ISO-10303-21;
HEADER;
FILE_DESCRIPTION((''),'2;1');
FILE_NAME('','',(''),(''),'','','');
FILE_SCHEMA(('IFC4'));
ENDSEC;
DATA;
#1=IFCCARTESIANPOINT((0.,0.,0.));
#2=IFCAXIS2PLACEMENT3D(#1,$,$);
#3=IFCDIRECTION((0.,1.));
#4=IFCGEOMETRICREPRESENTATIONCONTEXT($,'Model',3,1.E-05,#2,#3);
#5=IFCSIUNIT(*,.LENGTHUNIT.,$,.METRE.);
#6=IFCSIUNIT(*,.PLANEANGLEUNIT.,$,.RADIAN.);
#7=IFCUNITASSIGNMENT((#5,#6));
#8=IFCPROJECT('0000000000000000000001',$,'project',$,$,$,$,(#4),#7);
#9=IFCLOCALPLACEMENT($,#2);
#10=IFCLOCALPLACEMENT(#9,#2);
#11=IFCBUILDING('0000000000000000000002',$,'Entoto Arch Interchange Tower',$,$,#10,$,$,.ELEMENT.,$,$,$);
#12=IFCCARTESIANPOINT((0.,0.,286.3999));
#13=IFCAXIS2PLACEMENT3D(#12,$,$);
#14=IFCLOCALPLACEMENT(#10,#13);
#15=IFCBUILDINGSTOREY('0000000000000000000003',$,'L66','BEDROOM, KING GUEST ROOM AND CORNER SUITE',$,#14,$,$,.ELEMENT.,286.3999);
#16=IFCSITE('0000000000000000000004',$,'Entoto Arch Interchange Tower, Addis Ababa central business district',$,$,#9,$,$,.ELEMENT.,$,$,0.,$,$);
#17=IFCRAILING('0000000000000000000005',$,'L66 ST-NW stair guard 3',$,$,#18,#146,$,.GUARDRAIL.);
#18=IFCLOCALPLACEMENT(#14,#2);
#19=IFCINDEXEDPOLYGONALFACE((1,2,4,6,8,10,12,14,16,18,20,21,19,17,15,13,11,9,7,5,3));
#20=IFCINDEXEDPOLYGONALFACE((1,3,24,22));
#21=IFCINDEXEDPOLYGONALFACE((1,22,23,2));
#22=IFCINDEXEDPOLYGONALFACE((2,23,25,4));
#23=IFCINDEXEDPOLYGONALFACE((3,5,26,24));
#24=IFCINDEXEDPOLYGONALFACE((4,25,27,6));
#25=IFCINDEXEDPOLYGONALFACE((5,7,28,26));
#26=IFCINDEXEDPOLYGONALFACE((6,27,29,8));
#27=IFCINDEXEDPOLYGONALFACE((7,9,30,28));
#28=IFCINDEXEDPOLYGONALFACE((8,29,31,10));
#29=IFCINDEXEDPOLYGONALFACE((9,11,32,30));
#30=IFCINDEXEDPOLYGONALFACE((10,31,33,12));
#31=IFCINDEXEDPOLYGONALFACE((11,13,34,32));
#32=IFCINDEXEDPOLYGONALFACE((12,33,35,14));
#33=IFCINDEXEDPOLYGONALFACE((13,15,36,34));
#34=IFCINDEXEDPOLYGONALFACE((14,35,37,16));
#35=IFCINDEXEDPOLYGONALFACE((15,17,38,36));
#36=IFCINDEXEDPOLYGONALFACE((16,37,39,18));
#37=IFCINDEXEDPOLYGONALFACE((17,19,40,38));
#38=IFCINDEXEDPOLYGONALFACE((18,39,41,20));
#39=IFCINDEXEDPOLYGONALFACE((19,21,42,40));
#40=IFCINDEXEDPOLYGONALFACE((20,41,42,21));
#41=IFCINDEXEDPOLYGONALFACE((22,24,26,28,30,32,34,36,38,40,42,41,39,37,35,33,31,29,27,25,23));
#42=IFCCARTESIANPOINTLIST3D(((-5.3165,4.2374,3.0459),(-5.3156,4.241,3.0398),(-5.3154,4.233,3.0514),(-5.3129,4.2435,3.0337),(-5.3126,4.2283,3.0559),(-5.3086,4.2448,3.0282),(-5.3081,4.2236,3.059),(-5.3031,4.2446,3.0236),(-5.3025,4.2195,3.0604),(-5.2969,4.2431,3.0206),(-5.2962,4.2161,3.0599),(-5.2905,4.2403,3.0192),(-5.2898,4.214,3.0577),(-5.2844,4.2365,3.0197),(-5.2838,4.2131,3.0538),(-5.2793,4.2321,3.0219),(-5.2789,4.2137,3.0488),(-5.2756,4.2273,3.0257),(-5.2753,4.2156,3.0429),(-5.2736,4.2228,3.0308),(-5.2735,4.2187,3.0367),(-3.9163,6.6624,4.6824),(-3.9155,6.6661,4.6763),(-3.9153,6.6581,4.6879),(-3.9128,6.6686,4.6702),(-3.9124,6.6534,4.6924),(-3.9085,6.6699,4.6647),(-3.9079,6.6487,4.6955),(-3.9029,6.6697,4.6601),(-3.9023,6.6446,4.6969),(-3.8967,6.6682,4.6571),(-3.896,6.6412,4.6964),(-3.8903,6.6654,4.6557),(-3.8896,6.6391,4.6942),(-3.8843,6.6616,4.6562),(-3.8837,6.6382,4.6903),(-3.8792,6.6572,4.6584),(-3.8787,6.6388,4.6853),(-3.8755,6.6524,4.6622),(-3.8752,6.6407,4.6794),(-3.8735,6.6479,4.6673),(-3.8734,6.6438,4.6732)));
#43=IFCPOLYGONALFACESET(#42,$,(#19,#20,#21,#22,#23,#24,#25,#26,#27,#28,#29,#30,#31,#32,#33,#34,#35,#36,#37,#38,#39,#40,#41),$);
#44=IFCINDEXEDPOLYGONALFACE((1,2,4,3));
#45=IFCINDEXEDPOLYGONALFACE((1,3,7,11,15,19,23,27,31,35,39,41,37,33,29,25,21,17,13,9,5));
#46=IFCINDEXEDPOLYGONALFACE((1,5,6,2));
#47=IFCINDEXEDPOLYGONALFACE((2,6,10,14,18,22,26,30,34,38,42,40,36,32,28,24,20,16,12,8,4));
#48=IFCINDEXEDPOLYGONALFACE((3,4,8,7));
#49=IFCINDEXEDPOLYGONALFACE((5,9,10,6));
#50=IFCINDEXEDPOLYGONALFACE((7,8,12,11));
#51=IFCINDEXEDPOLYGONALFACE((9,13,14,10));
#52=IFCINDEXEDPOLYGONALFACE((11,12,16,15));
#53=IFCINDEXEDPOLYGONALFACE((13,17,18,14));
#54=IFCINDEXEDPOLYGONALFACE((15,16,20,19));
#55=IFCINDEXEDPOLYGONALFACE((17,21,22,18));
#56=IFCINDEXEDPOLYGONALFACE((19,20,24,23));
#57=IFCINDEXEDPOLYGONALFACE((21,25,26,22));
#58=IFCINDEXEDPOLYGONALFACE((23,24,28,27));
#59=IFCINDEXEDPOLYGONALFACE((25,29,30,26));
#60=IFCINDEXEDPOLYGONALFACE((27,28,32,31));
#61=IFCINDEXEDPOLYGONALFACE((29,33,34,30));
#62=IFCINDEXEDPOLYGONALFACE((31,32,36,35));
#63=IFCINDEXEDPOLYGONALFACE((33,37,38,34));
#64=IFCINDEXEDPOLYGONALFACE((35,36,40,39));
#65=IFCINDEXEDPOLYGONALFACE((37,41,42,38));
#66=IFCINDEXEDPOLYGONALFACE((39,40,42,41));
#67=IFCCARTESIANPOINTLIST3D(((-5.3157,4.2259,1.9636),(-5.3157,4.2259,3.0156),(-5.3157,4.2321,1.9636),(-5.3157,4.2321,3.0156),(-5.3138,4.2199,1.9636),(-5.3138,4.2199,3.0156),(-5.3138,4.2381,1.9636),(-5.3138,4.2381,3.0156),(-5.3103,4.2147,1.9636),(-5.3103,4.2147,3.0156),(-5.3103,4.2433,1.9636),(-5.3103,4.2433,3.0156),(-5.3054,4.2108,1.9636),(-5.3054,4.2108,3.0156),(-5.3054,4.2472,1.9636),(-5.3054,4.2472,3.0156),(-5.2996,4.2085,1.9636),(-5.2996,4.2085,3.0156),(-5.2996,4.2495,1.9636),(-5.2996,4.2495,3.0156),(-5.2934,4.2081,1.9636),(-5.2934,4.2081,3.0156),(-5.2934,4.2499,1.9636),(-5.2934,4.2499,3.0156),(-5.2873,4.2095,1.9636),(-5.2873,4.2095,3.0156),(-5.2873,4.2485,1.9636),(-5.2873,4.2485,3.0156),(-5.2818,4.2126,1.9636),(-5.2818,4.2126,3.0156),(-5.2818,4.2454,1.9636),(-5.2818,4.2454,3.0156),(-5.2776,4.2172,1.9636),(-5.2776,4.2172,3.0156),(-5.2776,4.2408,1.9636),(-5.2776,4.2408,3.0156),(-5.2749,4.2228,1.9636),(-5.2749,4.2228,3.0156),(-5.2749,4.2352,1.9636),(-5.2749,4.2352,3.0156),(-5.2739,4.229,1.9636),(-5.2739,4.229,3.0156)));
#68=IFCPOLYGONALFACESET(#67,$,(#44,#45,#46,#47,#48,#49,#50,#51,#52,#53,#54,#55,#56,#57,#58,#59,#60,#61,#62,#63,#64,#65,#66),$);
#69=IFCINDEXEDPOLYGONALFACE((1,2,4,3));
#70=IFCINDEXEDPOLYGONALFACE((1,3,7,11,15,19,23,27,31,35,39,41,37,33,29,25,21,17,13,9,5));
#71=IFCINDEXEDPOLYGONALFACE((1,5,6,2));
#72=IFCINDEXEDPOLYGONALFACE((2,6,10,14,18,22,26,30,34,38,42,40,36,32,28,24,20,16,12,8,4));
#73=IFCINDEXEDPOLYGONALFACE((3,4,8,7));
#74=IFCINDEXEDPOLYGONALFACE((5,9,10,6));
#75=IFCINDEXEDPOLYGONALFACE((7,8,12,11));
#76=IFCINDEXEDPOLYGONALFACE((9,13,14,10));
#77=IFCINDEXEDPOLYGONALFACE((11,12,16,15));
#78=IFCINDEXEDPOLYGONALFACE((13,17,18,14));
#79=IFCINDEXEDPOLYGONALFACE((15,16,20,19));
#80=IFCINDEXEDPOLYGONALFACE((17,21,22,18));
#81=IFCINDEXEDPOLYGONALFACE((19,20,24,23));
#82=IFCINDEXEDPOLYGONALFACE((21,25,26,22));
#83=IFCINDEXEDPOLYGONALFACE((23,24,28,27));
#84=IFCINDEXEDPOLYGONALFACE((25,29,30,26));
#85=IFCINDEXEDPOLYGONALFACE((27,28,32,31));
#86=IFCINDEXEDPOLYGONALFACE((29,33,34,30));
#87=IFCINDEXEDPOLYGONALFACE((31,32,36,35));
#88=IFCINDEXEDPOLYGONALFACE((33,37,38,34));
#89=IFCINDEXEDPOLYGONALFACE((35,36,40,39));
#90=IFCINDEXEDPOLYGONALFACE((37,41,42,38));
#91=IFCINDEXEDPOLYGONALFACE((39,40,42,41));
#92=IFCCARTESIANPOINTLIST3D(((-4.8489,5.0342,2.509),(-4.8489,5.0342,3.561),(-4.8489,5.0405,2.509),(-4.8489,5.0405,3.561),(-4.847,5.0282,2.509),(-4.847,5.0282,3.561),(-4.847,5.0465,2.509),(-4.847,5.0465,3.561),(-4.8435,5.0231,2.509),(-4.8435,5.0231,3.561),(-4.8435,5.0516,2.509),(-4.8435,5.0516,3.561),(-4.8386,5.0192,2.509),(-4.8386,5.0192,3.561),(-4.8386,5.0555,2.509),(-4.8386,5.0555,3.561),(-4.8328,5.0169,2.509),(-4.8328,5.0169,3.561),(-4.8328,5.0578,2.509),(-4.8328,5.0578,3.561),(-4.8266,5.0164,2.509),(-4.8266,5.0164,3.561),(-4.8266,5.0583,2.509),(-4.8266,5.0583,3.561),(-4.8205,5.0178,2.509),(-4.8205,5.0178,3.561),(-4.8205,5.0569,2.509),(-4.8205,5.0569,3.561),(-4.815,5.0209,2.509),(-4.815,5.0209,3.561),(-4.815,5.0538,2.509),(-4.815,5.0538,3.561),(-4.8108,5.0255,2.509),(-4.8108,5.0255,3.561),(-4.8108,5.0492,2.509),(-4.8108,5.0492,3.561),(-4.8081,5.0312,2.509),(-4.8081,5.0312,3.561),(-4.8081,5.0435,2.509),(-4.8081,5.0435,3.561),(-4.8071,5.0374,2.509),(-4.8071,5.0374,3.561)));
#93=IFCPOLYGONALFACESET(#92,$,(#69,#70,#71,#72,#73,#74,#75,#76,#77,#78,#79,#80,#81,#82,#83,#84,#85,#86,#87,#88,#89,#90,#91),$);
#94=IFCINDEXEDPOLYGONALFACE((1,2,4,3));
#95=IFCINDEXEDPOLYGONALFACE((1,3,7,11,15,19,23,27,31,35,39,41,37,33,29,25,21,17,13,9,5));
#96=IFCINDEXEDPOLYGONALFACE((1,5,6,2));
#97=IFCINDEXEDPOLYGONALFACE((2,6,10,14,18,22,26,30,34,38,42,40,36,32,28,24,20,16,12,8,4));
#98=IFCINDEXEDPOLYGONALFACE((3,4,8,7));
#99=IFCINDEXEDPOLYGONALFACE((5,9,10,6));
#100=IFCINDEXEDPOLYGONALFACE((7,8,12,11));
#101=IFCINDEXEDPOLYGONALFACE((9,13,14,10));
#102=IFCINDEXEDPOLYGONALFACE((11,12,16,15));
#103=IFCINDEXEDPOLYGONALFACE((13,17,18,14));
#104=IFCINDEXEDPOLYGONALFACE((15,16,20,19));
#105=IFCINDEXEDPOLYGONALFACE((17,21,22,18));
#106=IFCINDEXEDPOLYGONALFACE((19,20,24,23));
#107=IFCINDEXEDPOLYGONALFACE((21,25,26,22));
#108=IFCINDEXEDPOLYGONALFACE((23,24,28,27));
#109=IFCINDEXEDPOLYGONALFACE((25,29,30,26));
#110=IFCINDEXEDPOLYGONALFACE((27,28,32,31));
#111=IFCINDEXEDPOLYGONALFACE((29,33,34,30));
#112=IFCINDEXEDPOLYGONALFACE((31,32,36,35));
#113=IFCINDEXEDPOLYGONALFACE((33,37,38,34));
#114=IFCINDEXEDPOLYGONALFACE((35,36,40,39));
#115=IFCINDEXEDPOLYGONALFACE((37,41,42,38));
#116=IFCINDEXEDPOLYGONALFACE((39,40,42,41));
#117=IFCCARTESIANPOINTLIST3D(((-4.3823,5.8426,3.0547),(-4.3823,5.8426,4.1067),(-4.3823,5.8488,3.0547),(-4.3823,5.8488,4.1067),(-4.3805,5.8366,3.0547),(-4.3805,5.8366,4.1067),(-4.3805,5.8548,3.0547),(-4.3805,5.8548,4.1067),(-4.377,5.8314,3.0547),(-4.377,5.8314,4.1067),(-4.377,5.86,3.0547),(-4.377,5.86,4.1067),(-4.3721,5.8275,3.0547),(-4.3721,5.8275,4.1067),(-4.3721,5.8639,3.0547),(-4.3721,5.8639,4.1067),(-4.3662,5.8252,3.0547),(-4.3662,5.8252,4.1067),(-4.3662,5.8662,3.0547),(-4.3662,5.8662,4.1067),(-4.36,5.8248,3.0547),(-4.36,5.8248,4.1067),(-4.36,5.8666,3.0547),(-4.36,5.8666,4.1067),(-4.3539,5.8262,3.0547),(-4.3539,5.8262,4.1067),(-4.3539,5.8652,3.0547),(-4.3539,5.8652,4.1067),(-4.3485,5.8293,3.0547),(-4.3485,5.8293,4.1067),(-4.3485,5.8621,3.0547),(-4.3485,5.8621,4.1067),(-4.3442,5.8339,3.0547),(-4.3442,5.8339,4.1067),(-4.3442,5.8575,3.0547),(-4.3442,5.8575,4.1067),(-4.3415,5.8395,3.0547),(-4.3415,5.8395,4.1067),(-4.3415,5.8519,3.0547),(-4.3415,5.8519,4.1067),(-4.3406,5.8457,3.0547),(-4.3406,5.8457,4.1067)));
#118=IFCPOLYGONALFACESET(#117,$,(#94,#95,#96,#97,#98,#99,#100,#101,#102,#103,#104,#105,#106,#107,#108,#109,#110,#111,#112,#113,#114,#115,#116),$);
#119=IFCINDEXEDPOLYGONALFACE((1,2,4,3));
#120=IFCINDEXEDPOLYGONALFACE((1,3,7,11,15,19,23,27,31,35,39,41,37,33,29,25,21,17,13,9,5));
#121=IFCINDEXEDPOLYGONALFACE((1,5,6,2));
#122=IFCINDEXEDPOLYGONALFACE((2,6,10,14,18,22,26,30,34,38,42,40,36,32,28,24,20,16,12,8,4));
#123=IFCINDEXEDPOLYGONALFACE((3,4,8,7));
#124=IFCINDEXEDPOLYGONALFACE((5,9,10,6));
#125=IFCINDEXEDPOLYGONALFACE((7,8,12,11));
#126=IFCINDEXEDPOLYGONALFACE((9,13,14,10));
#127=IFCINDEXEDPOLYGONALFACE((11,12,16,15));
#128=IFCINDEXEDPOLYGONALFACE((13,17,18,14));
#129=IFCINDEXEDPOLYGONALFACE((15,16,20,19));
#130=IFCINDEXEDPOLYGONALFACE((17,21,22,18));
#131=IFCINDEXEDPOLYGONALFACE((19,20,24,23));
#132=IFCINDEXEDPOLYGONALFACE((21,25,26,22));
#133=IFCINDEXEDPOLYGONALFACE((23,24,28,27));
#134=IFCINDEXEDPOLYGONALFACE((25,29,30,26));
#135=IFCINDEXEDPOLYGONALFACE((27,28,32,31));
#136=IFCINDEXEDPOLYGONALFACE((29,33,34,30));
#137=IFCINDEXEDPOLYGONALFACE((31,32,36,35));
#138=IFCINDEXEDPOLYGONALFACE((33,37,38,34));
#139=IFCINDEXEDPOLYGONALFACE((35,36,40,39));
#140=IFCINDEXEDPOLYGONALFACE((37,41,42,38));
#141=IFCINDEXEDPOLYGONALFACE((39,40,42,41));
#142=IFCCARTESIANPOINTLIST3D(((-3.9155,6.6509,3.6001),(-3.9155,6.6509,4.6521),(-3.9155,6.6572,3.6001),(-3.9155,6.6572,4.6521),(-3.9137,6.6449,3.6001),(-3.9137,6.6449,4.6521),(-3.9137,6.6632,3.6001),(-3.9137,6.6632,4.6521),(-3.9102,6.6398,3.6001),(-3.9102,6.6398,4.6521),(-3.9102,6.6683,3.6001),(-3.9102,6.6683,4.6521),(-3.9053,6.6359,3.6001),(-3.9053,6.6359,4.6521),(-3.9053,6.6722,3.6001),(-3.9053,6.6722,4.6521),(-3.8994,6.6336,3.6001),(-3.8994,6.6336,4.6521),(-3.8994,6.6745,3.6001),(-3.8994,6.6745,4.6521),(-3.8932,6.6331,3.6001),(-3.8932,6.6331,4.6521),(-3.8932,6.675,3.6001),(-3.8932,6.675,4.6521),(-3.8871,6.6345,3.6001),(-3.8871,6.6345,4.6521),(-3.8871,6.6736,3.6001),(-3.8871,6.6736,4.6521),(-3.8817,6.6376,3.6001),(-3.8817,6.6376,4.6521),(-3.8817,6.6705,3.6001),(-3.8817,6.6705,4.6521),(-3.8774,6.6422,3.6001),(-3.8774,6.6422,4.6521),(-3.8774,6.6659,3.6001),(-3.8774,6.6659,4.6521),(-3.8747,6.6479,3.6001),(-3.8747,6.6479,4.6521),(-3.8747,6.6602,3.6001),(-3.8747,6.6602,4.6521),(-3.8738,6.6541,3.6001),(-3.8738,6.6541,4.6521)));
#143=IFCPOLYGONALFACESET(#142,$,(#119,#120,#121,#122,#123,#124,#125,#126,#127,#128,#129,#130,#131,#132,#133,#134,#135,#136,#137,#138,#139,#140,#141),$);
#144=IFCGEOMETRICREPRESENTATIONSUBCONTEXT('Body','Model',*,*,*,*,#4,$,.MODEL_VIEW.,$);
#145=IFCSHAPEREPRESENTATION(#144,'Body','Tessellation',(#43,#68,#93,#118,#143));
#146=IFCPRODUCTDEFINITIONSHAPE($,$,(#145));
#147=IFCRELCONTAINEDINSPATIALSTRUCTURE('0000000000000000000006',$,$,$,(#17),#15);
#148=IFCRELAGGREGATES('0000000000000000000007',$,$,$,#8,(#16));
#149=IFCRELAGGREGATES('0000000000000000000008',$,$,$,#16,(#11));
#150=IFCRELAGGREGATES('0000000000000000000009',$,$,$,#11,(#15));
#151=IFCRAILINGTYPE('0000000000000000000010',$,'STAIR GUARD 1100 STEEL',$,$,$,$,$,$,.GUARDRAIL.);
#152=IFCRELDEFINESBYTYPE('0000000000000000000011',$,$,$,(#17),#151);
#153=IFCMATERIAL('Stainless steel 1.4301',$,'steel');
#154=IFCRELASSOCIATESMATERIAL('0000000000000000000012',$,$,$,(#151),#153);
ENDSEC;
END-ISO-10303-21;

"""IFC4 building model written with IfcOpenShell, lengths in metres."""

from ifc_helpers import new_model, si_unit, direction, frame, origin, origin_2d, place, context, subcontext, project, spatial, circle, extrude, material, type_object, element, save


model = new_model("IFC4")

# Units and contexts
model_context = context("Model", 3, precision=1e-05, world=origin(), true_north=direction((0.0, 1.0)))
body_context = subcontext(model_context, "Body", "Model", "MODEL_VIEW")
ifc_project = project(units=[si_unit("LENGTHUNIT", "METRE"), si_unit("PLANEANGLEUNIT", "RADIAN")], contexts=[model_context])

# Site, building, storey
site_placement = place(None, origin())
site = spatial("IfcSite", under=ifc_project, at=site_placement, Name="Entoto Arch Interchange Tower, Addis Ababa central business district", CompositionType="ELEMENT", RefElevation=0.0)
building_placement = place(site_placement, origin())
building = spatial("IfcBuilding", under=site, at=building_placement, Name="Entoto Arch Interchange Tower", CompositionType="ELEMENT")
storey_placement = place(building_placement, frame((0.0, 0.0, 286.3999)))
storey = spatial("IfcBuildingStorey", under=building, at=storey_placement, Name="L66", Description="BEDROOM, KING GUEST ROOM AND CORNER SUITE", CompositionType="ELEMENT", Elevation=286.3999)

# Railing
ifc_material_1 = material(Name="Stainless steel 1.4301", Category="steel")
railing_type = type_object("IfcRailingType", Name="STAIR GUARD 1100 STEEL", PredefinedType="GUARDRAIL", material=ifc_material_1)
railing_1_placement = place(storey_placement, frame((-5.2949, 4.229, 1.9636)))
element("IfcRailing", 1, at=railing_1_placement, inside=storey, type_object=railing_type, Name="L66 ST-NW stair guard 3", PredefinedType="GUARDRAIL", context=body_context, shape_type="SweptSolid", body=[
    extrude(circle(Radius=0.0239, at=origin_2d()), frame((0.0, 0.0, 1.0762), z_axis=(0.431698, 0.747699, 0.504563), x_axis=(-0.866019, 0.500012, 0.0)), (0.0, 0.0, 1.0), 3.2434),
    extrude(circle(Radius=0.021, at=origin_2d()), origin(), (0.0, 0.0, 1.0), 1.052),
    extrude(circle(Radius=0.021, at=origin_2d()), frame((0.4668, 0.8083, 0.5454)), (0.0, 0.0, 1.0), 1.052),
    extrude(circle(Radius=0.021, at=origin_2d()), frame((0.9333, 1.6167, 1.0911)), (0.0, 0.0, 1.0), 1.052),
    extrude(circle(Radius=0.021, at=origin_2d()), frame((1.4001, 2.425, 1.6365)), (0.0, 0.0, 1.0), 1.052),
])

save(model, "model.ifc")
